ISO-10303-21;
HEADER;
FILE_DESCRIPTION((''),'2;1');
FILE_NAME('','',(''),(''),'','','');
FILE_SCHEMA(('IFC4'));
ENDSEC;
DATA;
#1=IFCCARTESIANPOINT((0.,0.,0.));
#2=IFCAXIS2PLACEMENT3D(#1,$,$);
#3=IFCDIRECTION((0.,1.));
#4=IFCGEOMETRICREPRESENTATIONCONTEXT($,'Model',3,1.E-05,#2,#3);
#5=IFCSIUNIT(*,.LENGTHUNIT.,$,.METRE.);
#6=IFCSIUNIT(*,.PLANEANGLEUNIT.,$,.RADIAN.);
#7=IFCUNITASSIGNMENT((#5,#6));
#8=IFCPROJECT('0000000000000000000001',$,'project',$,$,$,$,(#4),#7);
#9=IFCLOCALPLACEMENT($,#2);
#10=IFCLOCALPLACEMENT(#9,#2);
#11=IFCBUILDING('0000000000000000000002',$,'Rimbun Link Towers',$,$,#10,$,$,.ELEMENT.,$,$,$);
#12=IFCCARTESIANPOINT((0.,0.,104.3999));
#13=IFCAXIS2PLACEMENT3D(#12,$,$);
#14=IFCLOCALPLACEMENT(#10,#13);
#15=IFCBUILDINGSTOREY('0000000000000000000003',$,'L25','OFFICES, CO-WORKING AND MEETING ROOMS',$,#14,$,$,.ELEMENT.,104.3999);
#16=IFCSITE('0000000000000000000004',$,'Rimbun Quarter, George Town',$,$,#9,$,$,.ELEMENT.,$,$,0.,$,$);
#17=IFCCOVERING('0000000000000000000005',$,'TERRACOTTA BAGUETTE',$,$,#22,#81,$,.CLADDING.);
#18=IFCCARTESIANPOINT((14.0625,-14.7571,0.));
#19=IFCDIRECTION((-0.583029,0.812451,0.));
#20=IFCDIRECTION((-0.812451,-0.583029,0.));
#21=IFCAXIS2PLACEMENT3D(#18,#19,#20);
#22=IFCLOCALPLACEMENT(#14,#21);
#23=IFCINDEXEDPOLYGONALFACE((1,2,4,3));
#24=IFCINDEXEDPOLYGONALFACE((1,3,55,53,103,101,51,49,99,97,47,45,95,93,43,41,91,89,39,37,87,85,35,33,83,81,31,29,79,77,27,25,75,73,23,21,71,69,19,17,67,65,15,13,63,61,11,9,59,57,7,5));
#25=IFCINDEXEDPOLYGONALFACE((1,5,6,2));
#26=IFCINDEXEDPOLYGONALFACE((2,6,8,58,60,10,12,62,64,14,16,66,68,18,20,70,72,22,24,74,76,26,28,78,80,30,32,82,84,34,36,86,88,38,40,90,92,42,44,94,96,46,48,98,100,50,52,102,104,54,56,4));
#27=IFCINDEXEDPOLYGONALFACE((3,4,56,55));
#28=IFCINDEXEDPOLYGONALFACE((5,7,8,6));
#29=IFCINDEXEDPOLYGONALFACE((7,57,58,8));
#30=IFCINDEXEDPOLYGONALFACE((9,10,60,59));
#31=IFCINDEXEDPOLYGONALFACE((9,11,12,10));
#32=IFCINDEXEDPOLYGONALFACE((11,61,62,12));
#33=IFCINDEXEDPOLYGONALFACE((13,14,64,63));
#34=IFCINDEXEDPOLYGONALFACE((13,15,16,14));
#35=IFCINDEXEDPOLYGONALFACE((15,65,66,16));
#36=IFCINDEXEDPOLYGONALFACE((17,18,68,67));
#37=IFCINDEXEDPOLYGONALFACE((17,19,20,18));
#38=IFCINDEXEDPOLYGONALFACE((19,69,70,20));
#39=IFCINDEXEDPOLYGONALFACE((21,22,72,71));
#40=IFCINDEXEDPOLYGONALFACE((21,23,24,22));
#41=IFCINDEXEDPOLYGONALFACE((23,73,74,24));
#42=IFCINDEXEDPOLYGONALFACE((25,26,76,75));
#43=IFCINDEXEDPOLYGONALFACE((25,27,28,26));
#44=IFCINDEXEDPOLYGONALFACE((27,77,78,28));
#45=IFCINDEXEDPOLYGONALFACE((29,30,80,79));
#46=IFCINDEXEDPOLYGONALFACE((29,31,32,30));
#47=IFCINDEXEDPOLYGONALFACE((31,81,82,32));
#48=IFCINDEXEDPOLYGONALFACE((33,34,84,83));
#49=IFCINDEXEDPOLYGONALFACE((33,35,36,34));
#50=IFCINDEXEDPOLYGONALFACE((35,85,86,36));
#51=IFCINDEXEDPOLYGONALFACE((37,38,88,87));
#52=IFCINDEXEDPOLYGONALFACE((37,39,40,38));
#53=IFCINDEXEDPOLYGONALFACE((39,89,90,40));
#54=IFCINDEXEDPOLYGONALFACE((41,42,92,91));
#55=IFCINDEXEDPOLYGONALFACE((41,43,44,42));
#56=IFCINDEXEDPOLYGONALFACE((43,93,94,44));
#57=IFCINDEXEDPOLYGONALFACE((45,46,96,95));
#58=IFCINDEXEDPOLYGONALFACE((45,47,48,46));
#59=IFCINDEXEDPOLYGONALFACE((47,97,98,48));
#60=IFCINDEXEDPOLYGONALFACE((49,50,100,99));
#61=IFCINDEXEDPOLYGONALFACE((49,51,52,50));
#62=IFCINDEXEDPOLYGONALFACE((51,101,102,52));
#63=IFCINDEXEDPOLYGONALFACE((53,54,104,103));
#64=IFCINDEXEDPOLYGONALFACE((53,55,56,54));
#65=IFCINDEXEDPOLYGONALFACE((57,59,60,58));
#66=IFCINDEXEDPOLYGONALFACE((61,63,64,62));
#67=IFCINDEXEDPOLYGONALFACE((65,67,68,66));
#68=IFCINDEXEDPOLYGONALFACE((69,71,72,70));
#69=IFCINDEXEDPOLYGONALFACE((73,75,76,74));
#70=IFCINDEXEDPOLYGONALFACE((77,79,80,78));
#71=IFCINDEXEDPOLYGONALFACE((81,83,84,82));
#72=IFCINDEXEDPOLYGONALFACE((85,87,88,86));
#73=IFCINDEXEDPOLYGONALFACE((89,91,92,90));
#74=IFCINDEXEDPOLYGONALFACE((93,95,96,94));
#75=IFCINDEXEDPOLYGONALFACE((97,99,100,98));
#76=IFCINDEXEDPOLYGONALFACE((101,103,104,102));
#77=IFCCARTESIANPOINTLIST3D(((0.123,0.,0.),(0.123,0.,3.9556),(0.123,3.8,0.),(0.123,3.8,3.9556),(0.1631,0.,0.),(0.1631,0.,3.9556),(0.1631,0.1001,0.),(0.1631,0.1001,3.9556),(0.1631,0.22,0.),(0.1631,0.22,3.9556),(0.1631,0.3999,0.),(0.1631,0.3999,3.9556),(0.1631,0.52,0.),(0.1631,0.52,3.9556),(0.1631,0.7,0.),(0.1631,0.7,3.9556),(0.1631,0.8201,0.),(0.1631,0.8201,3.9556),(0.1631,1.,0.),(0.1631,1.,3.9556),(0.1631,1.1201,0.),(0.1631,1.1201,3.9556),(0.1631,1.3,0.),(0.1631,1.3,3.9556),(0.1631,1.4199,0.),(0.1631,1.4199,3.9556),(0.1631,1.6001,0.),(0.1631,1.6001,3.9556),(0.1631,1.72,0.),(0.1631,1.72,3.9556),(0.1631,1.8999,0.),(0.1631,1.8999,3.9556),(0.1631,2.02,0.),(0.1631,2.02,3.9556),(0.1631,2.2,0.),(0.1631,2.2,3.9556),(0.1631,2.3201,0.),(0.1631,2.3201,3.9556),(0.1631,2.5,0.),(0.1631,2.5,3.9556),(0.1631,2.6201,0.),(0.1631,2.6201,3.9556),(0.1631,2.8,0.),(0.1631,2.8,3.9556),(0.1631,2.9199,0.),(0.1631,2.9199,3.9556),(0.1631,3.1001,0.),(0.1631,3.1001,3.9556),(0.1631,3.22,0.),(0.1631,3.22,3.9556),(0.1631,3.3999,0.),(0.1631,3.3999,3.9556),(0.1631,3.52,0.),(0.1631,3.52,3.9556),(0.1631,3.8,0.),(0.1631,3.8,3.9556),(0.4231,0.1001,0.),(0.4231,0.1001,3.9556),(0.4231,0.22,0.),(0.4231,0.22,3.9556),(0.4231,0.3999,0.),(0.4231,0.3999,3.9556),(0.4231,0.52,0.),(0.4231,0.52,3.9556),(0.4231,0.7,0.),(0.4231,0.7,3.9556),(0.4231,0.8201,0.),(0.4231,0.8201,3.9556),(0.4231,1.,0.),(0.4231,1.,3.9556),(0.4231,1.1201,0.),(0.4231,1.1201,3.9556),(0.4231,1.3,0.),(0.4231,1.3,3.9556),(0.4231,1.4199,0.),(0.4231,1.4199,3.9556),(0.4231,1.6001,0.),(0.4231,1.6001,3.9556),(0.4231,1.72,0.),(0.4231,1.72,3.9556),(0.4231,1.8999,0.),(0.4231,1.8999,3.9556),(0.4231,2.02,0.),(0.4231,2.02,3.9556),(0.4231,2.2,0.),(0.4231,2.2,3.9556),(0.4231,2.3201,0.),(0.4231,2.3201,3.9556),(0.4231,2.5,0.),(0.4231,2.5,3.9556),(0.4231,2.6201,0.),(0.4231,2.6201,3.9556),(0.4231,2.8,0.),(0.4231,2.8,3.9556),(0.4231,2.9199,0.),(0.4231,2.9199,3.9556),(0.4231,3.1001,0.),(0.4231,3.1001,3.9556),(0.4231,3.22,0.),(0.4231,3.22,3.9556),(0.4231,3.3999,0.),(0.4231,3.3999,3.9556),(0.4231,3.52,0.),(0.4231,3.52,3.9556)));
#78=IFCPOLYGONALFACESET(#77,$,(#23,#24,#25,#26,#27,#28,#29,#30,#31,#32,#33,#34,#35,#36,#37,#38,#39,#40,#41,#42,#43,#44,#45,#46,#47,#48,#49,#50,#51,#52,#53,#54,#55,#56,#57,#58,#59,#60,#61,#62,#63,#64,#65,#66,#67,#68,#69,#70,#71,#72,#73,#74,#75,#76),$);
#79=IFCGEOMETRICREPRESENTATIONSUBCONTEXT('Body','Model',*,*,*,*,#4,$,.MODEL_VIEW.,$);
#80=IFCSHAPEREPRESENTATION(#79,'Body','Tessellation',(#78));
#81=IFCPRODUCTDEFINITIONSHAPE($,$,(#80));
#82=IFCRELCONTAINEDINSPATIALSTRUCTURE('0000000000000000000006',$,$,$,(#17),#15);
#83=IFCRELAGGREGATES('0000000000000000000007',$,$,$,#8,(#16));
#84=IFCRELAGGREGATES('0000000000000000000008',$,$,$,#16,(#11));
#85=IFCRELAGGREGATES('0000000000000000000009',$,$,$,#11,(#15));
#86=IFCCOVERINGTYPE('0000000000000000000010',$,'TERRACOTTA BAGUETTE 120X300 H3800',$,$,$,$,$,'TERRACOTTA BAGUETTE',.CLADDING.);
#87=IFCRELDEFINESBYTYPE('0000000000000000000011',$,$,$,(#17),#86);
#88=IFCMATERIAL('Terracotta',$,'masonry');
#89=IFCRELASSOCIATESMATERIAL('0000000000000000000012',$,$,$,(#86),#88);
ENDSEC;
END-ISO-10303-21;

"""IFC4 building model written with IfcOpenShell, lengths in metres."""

from ifc_helpers import new_model, si_unit, direction, frame, origin, place, context, subcontext, project, spatial, polyline, outline, extrude, material, material_profile, profile_set, type_object, element, save


model = new_model("IFC4")

# Units and contexts
model_context = context("Model", 3, precision=1e-05, world=origin(), true_north=direction((0.0, 1.0)))
body_context = subcontext(model_context, "Body", "Model", "MODEL_VIEW")
ifc_project = project(units=[si_unit("LENGTHUNIT", "METRE"), si_unit("PLANEANGLEUNIT", "RADIAN")], contexts=[model_context])

# Site, building, storey
site_placement = place(None, origin())
site = spatial("IfcSite", under=ifc_project, at=site_placement, Name="Rimbun Quarter, George Town", CompositionType="ELEMENT", RefElevation=0.0)
building_placement = place(site_placement, origin())
building = spatial("IfcBuilding", under=site, at=building_placement, Name="Rimbun Link Towers", CompositionType="ELEMENT")
storey_placement = place(building_placement, frame((0.0, 0.0, 104.3999)))
storey = spatial("IfcBuildingStorey", under=building, at=storey_placement, Name="L25", Description="OFFICES, CO-WORKING AND MEETING ROOMS", CompositionType="ELEMENT", Elevation=104.3999)

# Covering
ifc_material_1 = material(Name="Terracotta", Category="masonry")
ifc_material_profile_1 = material_profile(ifc_material_1, outline(polyline([(0.123, 0.0), (0.1631, 0.0), (0.1631, 0.1001), (0.4231, 0.1001), (0.4231, 0.22), (0.1631, 0.22), (0.1631, 0.3999), (0.4231, 0.3999), (0.4231, 0.52), (0.1631, 0.52), (0.1631, 0.7), (0.4231, 0.7), (0.4231, 0.8201), (0.1631, 0.8201), (0.1631, 1.0), (0.4231, 1.0), (0.4231, 1.1201), (0.1631, 1.1201), (0.1631, 1.3), (0.4231, 1.3), (0.4231, 1.4199), (0.1631, 1.4199), (0.1631, 1.6001), (0.4231, 1.6001), (0.4231, 1.72), (0.1631, 1.72), (0.1631, 1.8999), (0.4231, 1.8999), (0.4231, 2.02), (0.1631, 2.02), (0.1631, 2.2), (0.4231, 2.2), (0.4231, 2.3201), (0.1631, 2.3201), (0.1631, 2.5), (0.4231, 2.5), (0.4231, 2.6201), (0.1631, 2.6201), (0.1631, 2.8), (0.4231, 2.8), (0.4231, 2.9199), (0.1631, 2.9199), (0.1631, 3.1001), (0.4231, 3.1001), (0.4231, 3.22), (0.1631, 3.22), (0.1631, 3.3999), (0.4231, 3.3999), (0.4231, 3.52), (0.1631, 3.52), (0.1631, 3.8), (0.123, 3.8), (0.123, 0.0)])), Name="BAGUETTE 120X300")
ifc_profile_set_1 = profile_set([ifc_material_profile_1], Name="Terracotta")
covering_type = type_object("IfcCoveringType", Name="TERRACOTTA BAGUETTE 120X300 H3800", ElementType="TERRACOTTA BAGUETTE", PredefinedType="CLADDING", material=ifc_profile_set_1)
covering_placement = place(storey_placement, frame((14.0625, -14.7571, 0.0), z_axis=(-0.583029, 0.812451, 0.0), x_axis=(-0.812451, -0.583029, 0.0)))
element("IfcCovering", 1, at=covering_placement, inside=storey, type_object=covering_type, Name="TERRACOTTA BAGUETTE", PredefinedType="CLADDING", context=body_context, shape_type="SweptSolid", body=[
    extrude(outline(polyline([(0.123, 0.0), (0.1631, 0.0), (0.1631, 0.1001), (0.4231, 0.1001), (0.4231, 0.22), (0.1631, 0.22), (0.1631, 0.3999), (0.4231, 0.3999), (0.4231, 0.52), (0.1631, 0.52), (0.1631, 0.7), (0.4231, 0.7), (0.4231, 0.8201), (0.1631, 0.8201), (0.1631, 1.0), (0.4231, 1.0), (0.4231, 1.1201), (0.1631, 1.1201), (0.1631, 1.3), (0.4231, 1.3), (0.4231, 1.4199), (0.1631, 1.4199), (0.1631, 1.6001), (0.4231, 1.6001), (0.4231, 1.72), (0.1631, 1.72), (0.1631, 1.8999), (0.4231, 1.8999), (0.4231, 2.02), (0.1631, 2.02), (0.1631, 2.2), (0.4231, 2.2), (0.4231, 2.3201), (0.1631, 2.3201), (0.1631, 2.5), (0.4231, 2.5), (0.4231, 2.6201), (0.1631, 2.6201), (0.1631, 2.8), (0.4231, 2.8), (0.4231, 2.9199), (0.1631, 2.9199), (0.1631, 3.1001), (0.4231, 3.1001), (0.4231, 3.22), (0.1631, 3.22), (0.1631, 3.3999), (0.4231, 3.3999), (0.4231, 3.52), (0.1631, 3.52), (0.1631, 3.8), (0.123, 3.8), (0.123, 0.0)])), origin(), (0.0, 0.0, 1.0), 3.9556),
])

save(model, "model.ifc")
